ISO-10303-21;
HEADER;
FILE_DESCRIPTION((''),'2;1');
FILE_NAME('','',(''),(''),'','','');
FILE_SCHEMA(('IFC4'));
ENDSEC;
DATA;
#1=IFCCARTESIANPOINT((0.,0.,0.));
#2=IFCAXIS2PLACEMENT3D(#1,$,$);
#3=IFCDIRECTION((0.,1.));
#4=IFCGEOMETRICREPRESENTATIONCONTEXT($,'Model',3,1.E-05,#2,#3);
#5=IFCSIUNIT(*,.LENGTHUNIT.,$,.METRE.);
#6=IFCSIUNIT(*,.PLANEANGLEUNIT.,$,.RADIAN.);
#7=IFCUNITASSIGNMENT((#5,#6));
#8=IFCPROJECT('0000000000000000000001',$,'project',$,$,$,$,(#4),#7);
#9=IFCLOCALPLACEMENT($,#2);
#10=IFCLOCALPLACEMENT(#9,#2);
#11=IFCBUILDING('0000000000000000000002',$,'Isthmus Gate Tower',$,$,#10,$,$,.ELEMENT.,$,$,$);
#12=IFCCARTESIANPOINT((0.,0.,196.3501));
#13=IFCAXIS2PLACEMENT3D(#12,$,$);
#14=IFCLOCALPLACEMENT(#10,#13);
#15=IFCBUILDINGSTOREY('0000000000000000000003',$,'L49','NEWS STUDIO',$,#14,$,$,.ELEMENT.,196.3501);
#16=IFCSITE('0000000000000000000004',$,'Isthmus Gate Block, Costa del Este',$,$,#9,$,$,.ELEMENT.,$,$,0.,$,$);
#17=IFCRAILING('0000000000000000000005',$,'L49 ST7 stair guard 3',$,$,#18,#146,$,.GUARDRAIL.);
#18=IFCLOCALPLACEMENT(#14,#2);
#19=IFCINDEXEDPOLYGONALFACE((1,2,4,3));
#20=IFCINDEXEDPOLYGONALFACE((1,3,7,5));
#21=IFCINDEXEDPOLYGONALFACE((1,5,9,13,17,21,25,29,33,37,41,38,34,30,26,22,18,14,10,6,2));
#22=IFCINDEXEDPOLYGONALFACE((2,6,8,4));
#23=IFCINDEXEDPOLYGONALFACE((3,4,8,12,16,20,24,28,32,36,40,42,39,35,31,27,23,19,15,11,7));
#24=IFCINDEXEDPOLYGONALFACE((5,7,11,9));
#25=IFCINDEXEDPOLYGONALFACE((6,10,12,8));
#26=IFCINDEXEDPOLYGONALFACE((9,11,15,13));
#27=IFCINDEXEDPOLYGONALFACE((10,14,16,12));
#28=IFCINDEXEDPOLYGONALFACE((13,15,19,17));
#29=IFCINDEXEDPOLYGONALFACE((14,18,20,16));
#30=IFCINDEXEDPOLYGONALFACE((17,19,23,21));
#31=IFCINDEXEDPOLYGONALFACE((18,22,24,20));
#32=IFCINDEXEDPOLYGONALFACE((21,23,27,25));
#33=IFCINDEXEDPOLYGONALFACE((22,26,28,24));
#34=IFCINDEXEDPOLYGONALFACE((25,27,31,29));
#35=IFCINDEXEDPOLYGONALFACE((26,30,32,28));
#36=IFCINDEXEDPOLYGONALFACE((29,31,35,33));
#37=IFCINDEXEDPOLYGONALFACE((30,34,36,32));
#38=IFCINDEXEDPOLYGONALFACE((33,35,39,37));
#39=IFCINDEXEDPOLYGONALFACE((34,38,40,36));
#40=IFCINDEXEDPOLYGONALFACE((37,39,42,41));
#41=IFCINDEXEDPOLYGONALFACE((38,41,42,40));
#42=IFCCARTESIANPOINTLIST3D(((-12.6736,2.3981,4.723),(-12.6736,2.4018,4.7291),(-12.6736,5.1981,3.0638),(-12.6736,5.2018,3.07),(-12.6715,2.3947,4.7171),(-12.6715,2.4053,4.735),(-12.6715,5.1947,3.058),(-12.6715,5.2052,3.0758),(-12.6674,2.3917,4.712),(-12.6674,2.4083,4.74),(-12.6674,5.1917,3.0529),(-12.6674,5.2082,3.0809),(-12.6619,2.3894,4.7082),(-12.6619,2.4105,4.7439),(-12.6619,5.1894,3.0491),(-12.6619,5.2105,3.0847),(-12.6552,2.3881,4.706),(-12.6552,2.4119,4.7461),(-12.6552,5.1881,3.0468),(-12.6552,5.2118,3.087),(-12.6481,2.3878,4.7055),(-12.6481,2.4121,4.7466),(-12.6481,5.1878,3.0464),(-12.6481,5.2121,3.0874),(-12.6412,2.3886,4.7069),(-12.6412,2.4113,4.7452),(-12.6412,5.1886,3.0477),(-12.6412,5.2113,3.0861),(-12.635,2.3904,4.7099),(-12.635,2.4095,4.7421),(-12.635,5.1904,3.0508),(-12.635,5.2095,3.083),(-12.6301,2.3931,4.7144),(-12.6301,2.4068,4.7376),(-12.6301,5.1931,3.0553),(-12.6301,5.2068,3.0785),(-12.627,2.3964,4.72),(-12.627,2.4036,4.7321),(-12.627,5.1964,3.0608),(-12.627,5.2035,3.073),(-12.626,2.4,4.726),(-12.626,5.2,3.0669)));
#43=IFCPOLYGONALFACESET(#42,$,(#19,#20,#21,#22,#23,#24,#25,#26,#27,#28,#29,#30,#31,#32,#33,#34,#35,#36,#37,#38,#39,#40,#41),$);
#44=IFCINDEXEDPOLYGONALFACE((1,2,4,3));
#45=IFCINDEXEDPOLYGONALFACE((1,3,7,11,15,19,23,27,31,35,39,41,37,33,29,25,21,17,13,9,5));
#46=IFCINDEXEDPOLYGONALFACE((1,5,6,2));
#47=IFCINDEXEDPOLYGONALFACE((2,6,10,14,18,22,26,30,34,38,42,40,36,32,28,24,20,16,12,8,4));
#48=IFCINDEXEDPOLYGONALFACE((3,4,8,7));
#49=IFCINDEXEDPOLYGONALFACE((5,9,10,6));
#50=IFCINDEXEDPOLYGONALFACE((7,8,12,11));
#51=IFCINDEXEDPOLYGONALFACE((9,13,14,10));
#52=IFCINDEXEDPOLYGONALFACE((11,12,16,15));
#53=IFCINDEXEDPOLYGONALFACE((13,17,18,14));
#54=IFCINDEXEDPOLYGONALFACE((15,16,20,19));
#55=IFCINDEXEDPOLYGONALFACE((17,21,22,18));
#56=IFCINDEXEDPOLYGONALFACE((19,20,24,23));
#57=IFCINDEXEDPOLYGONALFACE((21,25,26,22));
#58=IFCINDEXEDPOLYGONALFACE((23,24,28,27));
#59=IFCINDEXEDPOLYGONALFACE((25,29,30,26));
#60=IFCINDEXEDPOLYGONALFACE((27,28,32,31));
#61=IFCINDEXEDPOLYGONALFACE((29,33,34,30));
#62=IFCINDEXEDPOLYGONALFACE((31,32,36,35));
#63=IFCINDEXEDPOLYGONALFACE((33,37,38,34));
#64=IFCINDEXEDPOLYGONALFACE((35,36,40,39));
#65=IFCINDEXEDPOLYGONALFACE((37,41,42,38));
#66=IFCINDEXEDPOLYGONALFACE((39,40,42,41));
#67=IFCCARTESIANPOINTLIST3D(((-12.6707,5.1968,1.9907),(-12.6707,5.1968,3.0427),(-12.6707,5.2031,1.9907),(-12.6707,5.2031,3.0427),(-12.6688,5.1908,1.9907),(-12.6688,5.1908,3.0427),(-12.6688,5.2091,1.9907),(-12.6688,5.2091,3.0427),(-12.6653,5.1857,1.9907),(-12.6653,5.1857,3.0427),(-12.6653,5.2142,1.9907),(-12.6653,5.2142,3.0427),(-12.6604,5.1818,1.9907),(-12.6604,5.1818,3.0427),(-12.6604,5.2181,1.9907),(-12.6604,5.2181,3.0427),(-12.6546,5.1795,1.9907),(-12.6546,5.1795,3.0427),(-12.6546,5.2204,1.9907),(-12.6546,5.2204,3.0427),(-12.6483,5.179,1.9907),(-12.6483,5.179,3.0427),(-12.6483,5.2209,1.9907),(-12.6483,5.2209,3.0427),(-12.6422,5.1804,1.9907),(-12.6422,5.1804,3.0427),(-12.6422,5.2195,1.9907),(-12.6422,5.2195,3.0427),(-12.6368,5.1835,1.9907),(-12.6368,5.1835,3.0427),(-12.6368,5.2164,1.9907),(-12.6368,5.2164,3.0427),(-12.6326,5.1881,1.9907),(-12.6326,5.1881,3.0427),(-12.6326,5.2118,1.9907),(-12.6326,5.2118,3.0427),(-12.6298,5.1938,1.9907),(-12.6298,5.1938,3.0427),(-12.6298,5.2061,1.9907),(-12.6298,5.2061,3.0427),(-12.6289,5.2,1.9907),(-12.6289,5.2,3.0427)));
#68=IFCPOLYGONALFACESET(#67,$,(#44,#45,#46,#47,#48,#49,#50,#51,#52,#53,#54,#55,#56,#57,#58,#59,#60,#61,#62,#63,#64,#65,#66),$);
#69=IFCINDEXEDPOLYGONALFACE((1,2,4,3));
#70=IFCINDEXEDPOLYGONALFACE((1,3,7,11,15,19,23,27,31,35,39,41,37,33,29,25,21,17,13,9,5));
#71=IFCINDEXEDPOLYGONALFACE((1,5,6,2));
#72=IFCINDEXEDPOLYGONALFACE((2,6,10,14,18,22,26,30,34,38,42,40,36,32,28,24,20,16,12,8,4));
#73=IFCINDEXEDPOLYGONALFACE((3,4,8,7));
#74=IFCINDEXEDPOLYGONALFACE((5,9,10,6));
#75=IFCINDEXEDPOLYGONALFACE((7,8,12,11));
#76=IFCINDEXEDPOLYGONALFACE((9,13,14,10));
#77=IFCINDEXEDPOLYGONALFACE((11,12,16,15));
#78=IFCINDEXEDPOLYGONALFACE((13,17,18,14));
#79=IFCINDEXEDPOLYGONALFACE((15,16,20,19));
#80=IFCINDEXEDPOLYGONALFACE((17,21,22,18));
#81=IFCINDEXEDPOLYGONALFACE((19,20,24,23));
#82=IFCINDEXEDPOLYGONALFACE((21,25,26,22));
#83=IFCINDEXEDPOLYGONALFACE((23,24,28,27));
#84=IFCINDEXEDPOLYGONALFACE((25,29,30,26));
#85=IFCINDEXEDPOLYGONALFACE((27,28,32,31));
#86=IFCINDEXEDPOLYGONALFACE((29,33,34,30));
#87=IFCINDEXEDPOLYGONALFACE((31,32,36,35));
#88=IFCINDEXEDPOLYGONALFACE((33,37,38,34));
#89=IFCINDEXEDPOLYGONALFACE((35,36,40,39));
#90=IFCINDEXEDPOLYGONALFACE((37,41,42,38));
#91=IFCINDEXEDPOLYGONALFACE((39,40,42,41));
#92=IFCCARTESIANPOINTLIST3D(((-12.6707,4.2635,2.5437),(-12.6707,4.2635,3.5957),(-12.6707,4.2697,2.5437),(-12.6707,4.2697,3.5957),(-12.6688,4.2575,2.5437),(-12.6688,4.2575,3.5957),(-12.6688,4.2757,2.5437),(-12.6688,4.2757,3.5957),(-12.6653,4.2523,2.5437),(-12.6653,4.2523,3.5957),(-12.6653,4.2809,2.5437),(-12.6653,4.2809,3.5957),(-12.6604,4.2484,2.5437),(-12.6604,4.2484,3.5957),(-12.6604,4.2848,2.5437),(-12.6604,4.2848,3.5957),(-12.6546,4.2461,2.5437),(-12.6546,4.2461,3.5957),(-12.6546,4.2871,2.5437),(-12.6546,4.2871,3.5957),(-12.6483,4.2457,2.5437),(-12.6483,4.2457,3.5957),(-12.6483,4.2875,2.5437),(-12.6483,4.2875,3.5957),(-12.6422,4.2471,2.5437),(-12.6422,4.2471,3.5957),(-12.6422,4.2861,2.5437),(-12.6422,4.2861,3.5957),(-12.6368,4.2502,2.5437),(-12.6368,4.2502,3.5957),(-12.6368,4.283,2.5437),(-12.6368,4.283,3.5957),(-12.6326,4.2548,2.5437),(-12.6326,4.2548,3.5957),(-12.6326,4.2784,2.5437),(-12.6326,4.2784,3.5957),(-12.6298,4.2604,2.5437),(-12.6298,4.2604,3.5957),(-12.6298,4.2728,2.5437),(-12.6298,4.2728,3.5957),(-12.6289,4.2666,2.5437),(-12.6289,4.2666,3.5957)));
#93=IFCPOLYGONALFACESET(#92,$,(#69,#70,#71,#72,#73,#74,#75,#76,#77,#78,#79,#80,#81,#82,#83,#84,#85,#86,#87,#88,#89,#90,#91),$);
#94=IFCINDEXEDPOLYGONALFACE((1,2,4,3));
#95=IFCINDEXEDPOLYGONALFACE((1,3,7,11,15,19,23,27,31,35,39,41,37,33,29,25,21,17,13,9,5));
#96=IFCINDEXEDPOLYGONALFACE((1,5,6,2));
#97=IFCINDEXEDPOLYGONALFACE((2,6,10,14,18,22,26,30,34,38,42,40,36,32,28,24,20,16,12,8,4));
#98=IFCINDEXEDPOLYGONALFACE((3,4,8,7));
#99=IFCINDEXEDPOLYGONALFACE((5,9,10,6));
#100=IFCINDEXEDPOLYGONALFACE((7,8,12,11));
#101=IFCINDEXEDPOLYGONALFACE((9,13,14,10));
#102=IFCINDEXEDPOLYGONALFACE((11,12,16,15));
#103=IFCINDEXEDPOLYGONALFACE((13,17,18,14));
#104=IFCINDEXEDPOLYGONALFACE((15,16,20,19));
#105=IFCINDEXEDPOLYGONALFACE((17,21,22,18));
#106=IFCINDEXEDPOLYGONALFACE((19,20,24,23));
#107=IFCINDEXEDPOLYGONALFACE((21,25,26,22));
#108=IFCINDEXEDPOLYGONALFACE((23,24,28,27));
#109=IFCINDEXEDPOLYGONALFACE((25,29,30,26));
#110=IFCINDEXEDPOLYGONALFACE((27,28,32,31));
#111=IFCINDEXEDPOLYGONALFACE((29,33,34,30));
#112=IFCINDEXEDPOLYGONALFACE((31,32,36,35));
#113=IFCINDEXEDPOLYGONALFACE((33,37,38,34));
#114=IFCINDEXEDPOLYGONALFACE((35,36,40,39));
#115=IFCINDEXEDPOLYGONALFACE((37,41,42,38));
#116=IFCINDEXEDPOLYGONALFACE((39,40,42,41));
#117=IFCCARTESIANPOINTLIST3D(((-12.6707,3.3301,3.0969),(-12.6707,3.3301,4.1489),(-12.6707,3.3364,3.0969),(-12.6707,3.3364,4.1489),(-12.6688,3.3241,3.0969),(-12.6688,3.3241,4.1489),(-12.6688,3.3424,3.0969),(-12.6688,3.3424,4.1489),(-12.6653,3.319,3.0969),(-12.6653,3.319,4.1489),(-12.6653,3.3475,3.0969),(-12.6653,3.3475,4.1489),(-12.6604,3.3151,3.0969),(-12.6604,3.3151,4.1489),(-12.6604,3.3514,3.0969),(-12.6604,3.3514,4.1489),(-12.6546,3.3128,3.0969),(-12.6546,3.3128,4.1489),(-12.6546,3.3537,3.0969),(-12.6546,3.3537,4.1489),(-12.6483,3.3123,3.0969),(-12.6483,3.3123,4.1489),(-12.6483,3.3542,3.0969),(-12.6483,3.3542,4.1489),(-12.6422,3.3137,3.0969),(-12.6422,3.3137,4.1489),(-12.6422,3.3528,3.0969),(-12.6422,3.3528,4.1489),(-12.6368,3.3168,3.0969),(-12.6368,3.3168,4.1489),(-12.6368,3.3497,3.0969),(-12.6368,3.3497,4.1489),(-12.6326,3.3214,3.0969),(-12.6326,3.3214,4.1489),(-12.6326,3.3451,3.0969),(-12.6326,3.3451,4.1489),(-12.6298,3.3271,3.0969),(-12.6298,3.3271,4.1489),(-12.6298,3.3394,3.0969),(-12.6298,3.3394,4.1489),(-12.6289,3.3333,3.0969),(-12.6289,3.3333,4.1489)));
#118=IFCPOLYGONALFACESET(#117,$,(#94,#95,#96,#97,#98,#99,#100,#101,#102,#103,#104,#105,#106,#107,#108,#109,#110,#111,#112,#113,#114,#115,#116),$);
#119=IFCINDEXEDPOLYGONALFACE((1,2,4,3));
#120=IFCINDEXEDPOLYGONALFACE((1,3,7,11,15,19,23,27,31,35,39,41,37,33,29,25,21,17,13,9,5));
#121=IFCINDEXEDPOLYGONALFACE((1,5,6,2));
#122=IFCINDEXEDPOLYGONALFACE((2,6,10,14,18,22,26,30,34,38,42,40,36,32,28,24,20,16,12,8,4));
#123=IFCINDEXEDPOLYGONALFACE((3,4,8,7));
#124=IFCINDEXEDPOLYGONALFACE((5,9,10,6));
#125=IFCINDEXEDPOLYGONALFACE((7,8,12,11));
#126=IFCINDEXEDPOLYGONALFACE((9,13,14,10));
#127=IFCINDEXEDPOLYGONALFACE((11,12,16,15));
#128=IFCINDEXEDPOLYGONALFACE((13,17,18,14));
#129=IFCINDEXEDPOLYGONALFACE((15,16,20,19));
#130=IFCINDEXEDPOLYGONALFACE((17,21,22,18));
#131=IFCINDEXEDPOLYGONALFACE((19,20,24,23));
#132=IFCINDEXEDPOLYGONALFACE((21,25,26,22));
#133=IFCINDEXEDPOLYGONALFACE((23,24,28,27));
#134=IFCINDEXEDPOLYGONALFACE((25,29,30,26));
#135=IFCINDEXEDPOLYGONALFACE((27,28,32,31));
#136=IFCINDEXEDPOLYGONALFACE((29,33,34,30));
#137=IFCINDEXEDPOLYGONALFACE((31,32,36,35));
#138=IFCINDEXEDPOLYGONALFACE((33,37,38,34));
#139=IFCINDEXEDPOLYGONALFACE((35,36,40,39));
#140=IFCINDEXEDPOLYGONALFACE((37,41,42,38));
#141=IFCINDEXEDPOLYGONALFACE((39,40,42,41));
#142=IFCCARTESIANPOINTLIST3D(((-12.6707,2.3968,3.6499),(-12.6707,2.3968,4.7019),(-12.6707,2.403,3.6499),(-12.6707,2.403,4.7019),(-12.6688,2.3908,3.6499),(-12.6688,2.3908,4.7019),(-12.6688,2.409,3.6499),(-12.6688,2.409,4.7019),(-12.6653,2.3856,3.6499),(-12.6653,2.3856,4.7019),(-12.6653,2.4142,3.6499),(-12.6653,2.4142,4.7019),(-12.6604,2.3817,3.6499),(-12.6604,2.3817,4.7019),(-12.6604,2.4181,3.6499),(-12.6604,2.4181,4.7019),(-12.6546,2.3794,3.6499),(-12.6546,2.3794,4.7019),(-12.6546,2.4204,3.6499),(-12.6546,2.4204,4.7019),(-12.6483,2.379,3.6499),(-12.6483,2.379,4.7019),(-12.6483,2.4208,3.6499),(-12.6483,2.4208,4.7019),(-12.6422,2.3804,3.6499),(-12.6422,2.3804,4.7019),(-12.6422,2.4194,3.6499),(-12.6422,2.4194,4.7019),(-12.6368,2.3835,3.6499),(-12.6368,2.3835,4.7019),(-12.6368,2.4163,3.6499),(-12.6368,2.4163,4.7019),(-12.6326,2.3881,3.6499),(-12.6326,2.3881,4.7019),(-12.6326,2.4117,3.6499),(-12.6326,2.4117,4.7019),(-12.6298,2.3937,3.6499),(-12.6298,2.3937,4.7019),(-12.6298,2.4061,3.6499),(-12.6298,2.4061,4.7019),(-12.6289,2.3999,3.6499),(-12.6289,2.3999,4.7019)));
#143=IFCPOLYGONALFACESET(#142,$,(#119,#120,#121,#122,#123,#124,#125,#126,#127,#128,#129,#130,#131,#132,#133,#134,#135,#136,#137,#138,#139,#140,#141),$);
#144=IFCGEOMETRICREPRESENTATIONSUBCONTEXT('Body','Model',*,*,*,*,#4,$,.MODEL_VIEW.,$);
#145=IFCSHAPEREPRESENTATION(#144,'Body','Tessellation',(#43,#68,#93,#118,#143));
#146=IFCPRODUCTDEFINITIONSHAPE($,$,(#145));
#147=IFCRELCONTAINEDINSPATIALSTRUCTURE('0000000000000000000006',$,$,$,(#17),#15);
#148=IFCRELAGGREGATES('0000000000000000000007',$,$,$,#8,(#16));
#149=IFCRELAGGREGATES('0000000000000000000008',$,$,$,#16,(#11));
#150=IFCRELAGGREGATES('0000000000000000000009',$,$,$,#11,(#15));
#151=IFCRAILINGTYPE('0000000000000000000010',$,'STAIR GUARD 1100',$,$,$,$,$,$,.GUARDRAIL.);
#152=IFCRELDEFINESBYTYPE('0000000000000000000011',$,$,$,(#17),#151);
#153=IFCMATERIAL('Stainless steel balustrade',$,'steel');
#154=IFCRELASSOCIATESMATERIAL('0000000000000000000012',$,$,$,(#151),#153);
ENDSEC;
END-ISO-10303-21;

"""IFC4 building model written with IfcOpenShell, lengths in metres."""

from ifc_helpers import new_model, si_unit, direction, frame, origin, origin_2d, place, context, subcontext, project, spatial, circle, extrude, material, type_object, element, save


model = new_model("IFC4")

# Units and contexts
model_context = context("Model", 3, precision=1e-05, world=origin(), true_north=direction((0.0, 1.0)))
body_context = subcontext(model_context, "Body", "Model", "MODEL_VIEW")
ifc_project = project(units=[si_unit("LENGTHUNIT", "METRE"), si_unit("PLANEANGLEUNIT", "RADIAN")], contexts=[model_context])

# Site, building, storey
site_placement = place(None, origin())
site = spatial("IfcSite", under=ifc_project, at=site_placement, Name="Isthmus Gate Block, Costa del Este", CompositionType="ELEMENT", RefElevation=0.0)
building_placement = place(site_placement, origin())
building = spatial("IfcBuilding", under=site, at=building_placement, Name="Isthmus Gate Tower", CompositionType="ELEMENT")
storey_placement = place(building_placement, frame((0.0, 0.0, 196.3501)))
storey = spatial("IfcBuildingStorey", under=building, at=storey_placement, Name="L49", Description="NEWS STUDIO", CompositionType="ELEMENT", Elevation=196.3501)

# Railing
ifc_material_1 = material(Name="Stainless steel balustrade", Category="steel")
railing_type_1 = type_object("IfcRailingType", Name="STAIR GUARD 1100", PredefinedType="GUARDRAIL", material=ifc_material_1)
railing_1_placement = place(storey_placement, frame((-12.6499, 5.2, 1.9907)))
element("IfcRailing", 1, at=railing_1_placement, inside=storey, type_object=railing_type_1, Name="L49 ST7 stair guard 3", PredefinedType="GUARDRAIL", context=body_context, shape_type="SweptSolid", body=[
    extrude(circle(Radius=0.0239, at=origin_2d()), frame((0.0, 0.0, 1.0762), z_axis=(0.0, -0.860306, 0.509778), x_axis=(1.0, 0.0, 0.0)), (0.0, 0.0, 1.0), 3.2546),
    extrude(circle(Radius=0.021, at=origin_2d()), origin(), (0.0, 0.0, 1.0), 1.052),
    extrude(circle(Radius=0.021, at=origin_2d()), frame((0.0, -0.9333, 0.553)), (0.0, 0.0, 1.0), 1.052),
    extrude(circle(Radius=0.021, at=origin_2d()), frame((0.0, -1.8667, 1.1062)), (0.0, 0.0, 1.0), 1.052),
    extrude(circle(Radius=0.021, at=origin_2d()), frame((0.0, -2.8, 1.6592)), (0.0, 0.0, 1.0), 1.052),
])

save(model, "model.ifc")
